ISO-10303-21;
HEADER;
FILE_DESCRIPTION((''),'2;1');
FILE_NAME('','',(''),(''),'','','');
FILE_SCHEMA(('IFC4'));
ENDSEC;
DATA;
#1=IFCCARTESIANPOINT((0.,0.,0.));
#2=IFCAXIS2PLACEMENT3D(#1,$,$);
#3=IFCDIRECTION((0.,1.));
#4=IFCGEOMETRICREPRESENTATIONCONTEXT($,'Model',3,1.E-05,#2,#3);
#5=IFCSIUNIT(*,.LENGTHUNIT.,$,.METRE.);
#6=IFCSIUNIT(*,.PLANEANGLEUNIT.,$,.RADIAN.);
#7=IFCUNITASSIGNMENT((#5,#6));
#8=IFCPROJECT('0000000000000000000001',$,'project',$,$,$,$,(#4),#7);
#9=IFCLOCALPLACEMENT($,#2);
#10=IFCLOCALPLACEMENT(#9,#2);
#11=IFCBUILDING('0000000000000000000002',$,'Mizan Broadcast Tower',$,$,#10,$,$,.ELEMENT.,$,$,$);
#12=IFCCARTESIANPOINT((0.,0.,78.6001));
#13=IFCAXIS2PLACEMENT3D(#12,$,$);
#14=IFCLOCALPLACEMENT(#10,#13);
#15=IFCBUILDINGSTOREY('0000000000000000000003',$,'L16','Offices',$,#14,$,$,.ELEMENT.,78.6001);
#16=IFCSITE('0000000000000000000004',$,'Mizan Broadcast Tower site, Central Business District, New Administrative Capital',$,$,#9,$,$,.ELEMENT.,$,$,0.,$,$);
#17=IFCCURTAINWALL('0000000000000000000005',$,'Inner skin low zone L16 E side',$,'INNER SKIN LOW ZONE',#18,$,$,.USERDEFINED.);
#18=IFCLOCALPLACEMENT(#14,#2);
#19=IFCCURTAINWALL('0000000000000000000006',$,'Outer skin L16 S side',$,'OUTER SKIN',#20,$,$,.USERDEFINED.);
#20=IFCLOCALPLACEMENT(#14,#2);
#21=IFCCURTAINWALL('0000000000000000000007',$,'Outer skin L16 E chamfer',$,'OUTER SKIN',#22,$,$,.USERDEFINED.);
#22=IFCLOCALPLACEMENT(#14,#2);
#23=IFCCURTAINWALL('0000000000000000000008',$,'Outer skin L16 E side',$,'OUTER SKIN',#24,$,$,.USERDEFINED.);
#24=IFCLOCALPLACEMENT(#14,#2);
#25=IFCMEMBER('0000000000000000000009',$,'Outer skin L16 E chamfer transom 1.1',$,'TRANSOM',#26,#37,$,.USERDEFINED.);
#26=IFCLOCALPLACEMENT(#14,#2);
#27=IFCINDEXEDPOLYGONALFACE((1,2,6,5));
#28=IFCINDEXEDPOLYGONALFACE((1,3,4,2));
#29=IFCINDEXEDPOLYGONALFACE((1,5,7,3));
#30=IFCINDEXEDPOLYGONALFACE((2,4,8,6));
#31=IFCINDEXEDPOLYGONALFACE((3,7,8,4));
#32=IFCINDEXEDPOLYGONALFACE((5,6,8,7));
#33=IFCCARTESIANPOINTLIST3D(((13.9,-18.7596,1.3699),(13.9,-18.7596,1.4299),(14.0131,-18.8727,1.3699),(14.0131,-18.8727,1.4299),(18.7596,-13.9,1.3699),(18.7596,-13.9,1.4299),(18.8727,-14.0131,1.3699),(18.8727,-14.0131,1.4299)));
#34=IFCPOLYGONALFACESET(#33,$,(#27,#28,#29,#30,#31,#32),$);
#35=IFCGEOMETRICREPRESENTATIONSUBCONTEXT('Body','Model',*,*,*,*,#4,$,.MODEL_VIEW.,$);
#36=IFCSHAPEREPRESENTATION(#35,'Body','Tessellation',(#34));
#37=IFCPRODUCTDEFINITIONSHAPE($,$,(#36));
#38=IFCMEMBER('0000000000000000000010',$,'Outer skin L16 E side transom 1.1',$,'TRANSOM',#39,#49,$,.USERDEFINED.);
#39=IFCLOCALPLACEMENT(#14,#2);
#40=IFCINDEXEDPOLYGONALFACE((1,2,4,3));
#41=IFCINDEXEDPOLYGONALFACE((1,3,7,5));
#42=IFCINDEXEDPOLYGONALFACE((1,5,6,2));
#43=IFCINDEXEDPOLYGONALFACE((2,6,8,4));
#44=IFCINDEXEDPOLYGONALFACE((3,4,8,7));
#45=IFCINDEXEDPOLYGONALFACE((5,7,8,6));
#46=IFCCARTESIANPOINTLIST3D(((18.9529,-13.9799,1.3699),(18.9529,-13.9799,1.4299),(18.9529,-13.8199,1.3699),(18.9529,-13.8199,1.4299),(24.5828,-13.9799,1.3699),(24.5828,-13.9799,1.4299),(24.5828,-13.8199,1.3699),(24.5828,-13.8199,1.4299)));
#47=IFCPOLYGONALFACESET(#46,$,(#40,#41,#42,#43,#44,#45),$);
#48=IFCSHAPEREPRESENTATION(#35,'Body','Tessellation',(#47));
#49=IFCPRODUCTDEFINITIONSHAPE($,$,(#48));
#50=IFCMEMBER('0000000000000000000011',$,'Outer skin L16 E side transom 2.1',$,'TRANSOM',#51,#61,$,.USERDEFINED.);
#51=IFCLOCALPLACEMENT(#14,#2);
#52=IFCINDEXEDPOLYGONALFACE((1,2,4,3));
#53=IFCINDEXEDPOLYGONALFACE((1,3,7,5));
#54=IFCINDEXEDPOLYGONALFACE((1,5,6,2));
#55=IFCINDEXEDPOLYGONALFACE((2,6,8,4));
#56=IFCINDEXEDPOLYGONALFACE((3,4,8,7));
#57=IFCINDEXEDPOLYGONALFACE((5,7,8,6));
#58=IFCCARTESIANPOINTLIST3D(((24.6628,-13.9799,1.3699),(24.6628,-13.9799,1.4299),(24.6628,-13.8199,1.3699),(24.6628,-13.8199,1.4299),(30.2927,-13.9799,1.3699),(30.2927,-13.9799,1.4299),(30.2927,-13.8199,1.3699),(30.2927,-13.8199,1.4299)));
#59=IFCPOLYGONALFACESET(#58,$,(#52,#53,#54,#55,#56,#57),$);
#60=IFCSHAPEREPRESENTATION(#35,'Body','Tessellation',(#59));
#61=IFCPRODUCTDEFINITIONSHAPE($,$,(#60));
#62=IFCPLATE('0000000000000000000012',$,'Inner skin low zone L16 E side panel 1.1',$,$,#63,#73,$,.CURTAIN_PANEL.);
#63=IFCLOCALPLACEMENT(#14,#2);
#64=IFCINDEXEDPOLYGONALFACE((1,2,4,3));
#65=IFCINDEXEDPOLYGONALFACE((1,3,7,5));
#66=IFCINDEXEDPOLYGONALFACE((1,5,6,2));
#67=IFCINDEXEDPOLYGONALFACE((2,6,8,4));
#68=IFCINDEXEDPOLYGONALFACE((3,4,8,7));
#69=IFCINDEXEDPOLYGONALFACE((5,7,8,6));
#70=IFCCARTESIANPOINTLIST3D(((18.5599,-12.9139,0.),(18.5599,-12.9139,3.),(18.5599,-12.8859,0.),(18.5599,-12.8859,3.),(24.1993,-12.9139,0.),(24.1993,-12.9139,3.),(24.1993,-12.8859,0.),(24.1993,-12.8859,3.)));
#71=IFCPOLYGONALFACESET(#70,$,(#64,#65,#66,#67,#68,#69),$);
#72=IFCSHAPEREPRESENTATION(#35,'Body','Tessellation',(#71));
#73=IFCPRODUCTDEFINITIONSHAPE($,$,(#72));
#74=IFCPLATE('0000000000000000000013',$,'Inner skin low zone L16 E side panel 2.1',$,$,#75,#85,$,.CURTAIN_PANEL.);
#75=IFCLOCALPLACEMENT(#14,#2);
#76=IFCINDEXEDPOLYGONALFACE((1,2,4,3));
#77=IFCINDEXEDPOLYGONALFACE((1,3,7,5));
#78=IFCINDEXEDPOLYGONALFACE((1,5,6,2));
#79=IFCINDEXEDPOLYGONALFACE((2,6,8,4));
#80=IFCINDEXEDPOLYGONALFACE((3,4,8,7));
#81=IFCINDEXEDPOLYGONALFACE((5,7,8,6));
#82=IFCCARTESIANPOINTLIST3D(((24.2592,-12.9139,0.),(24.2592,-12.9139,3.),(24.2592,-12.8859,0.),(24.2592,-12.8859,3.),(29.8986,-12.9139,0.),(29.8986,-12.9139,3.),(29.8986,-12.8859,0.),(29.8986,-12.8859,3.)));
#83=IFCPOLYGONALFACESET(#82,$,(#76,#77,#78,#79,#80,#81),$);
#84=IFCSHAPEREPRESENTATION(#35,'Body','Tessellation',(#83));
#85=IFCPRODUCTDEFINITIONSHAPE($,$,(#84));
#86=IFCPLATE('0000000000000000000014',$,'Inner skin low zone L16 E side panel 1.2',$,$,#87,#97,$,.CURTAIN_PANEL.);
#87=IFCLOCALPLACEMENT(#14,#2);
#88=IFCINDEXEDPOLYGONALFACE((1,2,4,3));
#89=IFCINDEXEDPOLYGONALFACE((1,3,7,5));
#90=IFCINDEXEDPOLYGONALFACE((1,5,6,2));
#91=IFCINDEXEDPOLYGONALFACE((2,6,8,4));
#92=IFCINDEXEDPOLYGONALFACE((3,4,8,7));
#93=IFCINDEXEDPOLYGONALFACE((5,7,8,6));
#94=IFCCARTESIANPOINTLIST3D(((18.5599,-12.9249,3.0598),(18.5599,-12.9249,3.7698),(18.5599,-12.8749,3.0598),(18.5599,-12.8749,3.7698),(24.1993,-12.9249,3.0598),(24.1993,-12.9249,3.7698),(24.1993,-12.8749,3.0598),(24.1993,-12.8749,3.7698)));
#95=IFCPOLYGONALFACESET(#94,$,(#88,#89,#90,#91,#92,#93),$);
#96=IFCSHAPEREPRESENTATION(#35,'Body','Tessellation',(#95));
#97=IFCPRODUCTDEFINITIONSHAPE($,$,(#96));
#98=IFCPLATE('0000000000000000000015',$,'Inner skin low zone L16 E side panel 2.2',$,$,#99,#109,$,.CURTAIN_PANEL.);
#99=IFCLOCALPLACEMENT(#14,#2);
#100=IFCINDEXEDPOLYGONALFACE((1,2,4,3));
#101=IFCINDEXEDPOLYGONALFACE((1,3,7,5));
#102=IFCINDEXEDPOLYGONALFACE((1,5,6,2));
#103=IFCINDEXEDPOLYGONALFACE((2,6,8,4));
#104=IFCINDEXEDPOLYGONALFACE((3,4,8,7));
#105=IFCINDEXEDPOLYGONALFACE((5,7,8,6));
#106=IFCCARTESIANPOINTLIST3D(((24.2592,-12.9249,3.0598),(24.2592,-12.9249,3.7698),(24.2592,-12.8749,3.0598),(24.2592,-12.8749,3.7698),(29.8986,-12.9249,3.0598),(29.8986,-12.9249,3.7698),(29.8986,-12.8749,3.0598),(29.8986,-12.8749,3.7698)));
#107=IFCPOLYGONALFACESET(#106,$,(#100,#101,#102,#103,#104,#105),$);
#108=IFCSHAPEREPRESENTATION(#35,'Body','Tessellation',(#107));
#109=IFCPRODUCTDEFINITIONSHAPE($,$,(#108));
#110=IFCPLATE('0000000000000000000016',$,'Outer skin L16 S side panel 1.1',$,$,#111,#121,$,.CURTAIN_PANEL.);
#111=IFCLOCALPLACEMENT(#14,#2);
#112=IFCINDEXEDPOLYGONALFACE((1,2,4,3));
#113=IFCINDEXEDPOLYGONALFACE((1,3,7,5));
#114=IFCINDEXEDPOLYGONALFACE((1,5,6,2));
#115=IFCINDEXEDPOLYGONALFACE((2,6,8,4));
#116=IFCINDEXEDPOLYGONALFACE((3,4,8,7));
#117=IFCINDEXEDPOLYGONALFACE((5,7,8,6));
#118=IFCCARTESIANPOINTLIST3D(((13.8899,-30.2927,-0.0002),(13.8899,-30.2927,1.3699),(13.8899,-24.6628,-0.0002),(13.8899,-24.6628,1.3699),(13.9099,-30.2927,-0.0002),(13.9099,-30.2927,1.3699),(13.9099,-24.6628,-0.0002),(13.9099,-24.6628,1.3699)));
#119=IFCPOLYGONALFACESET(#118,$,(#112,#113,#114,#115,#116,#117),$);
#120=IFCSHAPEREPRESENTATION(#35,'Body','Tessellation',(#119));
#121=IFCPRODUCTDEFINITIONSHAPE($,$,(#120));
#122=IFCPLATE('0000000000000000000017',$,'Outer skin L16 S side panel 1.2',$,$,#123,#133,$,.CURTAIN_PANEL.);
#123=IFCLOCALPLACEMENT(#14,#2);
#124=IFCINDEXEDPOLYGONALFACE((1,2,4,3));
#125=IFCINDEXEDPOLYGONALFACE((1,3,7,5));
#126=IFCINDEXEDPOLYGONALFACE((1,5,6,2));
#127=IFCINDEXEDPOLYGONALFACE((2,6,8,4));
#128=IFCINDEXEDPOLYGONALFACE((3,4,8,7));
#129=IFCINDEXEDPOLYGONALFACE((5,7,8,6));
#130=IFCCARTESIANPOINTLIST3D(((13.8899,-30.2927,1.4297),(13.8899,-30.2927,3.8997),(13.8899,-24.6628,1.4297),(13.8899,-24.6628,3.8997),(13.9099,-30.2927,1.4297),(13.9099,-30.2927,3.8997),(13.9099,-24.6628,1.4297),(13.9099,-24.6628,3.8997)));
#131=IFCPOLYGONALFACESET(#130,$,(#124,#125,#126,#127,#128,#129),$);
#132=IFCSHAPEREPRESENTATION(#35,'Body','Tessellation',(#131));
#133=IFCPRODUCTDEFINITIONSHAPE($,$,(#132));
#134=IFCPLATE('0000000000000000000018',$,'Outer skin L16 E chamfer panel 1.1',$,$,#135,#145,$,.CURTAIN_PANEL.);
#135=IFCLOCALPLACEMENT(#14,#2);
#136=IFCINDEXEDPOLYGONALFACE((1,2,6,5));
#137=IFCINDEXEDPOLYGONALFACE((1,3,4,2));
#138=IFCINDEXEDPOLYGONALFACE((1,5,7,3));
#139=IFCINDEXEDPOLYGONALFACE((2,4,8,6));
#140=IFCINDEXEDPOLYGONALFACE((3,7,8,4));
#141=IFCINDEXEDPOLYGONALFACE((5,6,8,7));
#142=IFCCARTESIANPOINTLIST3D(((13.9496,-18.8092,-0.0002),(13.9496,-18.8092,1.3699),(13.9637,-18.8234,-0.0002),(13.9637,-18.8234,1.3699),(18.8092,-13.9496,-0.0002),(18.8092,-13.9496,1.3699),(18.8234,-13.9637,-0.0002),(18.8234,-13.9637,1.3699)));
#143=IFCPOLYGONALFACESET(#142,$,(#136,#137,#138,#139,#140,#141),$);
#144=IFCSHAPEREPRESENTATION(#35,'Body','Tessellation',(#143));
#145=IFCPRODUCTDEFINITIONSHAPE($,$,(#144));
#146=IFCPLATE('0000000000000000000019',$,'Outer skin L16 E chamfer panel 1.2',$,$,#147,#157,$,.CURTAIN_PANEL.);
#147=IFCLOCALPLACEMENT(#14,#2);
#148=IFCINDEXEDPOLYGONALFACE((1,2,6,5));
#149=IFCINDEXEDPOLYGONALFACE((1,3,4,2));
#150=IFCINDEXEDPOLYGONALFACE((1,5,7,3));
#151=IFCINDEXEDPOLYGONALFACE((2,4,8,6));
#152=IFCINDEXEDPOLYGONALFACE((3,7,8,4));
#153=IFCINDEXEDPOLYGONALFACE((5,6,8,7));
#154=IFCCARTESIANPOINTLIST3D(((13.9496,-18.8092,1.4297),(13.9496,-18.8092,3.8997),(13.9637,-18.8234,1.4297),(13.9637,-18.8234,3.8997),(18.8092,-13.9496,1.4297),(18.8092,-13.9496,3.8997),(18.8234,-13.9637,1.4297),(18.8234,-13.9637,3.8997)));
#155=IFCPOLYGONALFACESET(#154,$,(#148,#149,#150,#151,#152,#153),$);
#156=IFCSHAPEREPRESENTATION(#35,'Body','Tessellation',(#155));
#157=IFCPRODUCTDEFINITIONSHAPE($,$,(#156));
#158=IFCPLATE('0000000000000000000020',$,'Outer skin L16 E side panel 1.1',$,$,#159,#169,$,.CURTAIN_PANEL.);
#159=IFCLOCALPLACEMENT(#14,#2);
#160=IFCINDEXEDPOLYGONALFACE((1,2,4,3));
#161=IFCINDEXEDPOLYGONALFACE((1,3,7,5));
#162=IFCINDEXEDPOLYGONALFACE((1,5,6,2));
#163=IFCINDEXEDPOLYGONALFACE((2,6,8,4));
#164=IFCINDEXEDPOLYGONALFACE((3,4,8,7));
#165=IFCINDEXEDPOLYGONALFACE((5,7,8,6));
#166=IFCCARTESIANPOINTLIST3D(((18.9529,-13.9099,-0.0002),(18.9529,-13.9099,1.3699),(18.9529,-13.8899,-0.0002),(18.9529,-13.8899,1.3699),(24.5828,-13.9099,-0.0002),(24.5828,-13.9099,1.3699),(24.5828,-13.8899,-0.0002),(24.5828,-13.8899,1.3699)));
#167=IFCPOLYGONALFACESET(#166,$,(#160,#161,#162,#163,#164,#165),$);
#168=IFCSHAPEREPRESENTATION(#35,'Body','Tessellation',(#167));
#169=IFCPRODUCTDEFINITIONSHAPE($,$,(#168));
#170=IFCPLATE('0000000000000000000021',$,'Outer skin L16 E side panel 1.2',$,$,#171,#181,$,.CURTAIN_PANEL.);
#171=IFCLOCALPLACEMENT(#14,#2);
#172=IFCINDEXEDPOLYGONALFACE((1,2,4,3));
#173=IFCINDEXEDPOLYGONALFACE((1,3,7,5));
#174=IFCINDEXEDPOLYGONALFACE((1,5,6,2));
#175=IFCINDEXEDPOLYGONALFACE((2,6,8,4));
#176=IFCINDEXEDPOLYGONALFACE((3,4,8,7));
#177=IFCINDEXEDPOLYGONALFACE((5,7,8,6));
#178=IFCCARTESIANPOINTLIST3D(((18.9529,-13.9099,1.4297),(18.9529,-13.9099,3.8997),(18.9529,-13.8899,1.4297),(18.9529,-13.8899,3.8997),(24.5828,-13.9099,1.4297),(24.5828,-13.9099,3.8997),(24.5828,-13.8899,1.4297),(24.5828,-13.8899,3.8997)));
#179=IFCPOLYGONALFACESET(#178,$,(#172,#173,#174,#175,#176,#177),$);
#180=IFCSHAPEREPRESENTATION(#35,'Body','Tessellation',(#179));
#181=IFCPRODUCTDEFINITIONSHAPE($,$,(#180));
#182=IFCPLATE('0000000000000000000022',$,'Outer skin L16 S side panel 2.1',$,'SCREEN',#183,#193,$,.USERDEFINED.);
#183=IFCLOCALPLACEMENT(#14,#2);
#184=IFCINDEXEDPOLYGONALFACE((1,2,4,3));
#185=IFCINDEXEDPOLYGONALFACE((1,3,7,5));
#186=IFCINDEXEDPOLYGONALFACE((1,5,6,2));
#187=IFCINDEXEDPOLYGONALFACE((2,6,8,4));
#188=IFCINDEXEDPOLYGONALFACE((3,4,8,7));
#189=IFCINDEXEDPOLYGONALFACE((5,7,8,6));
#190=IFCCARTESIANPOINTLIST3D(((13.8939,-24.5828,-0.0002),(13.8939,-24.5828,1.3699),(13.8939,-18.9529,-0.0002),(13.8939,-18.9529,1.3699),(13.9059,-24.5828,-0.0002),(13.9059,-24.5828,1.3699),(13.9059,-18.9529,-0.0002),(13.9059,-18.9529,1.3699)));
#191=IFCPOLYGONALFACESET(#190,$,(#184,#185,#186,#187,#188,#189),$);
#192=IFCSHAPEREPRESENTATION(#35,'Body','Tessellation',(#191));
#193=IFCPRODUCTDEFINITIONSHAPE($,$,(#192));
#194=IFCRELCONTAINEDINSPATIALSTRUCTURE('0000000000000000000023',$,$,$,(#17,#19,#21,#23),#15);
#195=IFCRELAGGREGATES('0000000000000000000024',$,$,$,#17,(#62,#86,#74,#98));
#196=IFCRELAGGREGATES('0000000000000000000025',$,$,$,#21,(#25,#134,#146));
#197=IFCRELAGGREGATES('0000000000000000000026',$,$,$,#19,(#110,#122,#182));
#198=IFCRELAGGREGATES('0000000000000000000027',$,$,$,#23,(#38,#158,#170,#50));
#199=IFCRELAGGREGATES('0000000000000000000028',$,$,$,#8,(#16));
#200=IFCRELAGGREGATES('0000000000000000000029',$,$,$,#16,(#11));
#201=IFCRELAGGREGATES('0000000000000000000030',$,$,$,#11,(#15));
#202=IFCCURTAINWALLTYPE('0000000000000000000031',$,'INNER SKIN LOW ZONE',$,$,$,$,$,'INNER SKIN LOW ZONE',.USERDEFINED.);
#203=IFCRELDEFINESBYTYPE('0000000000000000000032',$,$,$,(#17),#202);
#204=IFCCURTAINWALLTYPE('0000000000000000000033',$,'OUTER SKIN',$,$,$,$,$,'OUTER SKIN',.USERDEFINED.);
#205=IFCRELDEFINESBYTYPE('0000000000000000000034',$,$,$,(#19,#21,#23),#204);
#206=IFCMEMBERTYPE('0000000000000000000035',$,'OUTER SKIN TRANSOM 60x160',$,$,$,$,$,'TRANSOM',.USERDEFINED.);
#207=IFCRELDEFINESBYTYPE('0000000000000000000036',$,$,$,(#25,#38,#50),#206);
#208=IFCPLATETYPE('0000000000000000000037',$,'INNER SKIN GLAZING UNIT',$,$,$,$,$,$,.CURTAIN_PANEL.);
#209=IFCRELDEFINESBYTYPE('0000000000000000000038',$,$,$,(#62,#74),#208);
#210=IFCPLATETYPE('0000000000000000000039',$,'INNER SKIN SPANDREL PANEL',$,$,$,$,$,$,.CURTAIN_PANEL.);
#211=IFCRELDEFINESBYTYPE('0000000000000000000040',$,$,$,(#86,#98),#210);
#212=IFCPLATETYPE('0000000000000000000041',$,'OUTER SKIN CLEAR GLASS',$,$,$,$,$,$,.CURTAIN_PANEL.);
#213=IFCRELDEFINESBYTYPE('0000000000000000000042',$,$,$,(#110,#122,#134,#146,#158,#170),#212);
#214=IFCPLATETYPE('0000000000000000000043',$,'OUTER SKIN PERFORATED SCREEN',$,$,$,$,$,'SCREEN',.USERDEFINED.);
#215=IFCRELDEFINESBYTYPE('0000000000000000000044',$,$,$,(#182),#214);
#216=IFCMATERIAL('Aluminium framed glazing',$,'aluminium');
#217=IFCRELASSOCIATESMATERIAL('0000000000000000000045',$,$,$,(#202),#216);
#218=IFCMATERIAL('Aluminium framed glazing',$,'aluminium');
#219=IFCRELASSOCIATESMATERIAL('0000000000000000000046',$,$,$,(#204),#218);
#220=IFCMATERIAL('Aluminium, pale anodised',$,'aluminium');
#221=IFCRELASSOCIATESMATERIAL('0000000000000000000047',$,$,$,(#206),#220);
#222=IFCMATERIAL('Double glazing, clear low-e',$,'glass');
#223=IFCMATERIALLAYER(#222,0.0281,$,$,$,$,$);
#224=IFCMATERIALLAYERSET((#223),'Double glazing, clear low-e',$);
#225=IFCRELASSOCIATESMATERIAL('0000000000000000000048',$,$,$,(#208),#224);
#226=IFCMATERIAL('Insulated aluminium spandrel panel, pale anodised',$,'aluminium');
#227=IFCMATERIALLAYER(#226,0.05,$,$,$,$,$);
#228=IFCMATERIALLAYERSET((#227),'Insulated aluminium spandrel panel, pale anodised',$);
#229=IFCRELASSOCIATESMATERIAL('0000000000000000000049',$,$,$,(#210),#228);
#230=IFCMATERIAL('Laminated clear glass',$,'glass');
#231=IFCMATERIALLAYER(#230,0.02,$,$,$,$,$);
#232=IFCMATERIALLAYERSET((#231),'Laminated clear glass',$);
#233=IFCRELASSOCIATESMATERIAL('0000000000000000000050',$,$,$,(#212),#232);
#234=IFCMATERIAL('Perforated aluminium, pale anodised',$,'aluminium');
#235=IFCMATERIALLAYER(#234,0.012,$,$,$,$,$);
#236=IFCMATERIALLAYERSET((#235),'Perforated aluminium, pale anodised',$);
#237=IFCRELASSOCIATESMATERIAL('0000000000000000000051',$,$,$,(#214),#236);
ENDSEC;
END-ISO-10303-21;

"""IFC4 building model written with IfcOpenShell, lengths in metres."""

from ifc_helpers import new_model, si_unit, direction, frame, origin, origin_2d, place, context, subcontext, project, spatial, rectangle, extrude, material, layer, layer_set, material_profile, profile_set, type_object, element, aggregate, save


model = new_model("IFC4")

# Units and contexts
model_context = context("Model", 3, precision=1e-05, world=origin(), true_north=direction((0.0, 1.0)))
body_context = subcontext(model_context, "Body", "Model", "MODEL_VIEW")
ifc_project = project(units=[si_unit("LENGTHUNIT", "METRE"), si_unit("PLANEANGLEUNIT", "RADIAN")], contexts=[model_context])

# Site, building, storey
site_placement = place(None, origin())
site = spatial("IfcSite", under=ifc_project, at=site_placement, Name="Mizan Broadcast Tower site, Central Business District, New Administrative Capital", CompositionType="ELEMENT", RefElevation=0.0)
building_placement = place(site_placement, origin())
building = spatial("IfcBuilding", under=site, at=building_placement, Name="Mizan Broadcast Tower", CompositionType="ELEMENT")
storey_placement = place(building_placement, frame((0.0, 0.0, 78.6001)))
storey = spatial("IfcBuildingStorey", under=building, at=storey_placement, Name="L16", Description="Offices", CompositionType="ELEMENT", Elevation=78.6001)

# Curtain wall
ifc_material_1 = material(Name="Aluminium framed glazing", Category="aluminium")
curtain_wall_type_1 = type_object("IfcCurtainWallType", Name="INNER SKIN LOW ZONE", ElementType="INNER SKIN LOW ZONE", PredefinedType="USERDEFINED", material=ifc_material_1)
curtain_wall_1_placement = place(storey_placement, origin())
curtain_wall_1 = element("IfcCurtainWall", 1, at=curtain_wall_1_placement, inside=storey, type_object=curtain_wall_type_1, Name="Inner skin low zone L16 E side", ObjectType="INNER SKIN LOW ZONE", PredefinedType="USERDEFINED")

# Shared definitions
ifc_material_2 = material(Name="Aluminium framed glazing", Category="aluminium")
curtain_wall_type_2 = type_object("IfcCurtainWallType", Name="OUTER SKIN", ElementType="OUTER SKIN", PredefinedType="USERDEFINED", material=ifc_material_2)

# Curtain wall
curtain_wall_2_placement = place(storey_placement, origin())
curtain_wall_2 = element("IfcCurtainWall", 2, at=curtain_wall_2_placement, inside=storey, type_object=curtain_wall_type_2, Name="Outer skin L16 S side", ObjectType="OUTER SKIN", PredefinedType="USERDEFINED")

# Curtain wall
curtain_wall_3_placement = place(storey_placement, origin())
curtain_wall_3 = element("IfcCurtainWall", 3, at=curtain_wall_3_placement, inside=storey, type_object=curtain_wall_type_2, Name="Outer skin L16 E chamfer", ObjectType="OUTER SKIN", PredefinedType="USERDEFINED")

# Curtain wall
curtain_wall_4_placement = place(storey_placement, origin())
curtain_wall_4 = element("IfcCurtainWall", 4, at=curtain_wall_4_placement, inside=storey, type_object=curtain_wall_type_2, Name="Outer skin L16 E side", ObjectType="OUTER SKIN", PredefinedType="USERDEFINED")

# Shared definitions
ifc_material_3 = material(Name="Aluminium, pale anodised", Category="aluminium")
ifc_material_profile_1 = material_profile(ifc_material_3, rectangle(XDim=0.1599, YDim=0.0601, at=origin_2d()), Name="TRANSOM 160x60")
ifc_profile_set_1 = profile_set([ifc_material_profile_1], Name="Aluminium, pale anodised")
member_type_1 = type_object("IfcMemberType", Name="OUTER SKIN TRANSOM 60x160", ElementType="TRANSOM", PredefinedType="USERDEFINED", material=ifc_profile_set_1)

# Members
member_1_placement = place(storey_placement, frame((13.9565, -18.8162, 1.3999), z_axis=(0.707107, 0.707107, 0.0), x_axis=(-0.707107, 0.707107, 0.0)))
member_1 = element("IfcMember", 5, at=member_1_placement, type_object=member_type_1, Name="Outer skin L16 E chamfer transom 1.1", ObjectType="TRANSOM", PredefinedType="USERDEFINED", context=body_context, shape_type="SweptSolid", body=[
    extrude(rectangle(XDim=0.1599, YDim=0.0601, at=origin_2d()), origin(), (0.0, 0.0, 1.0), 6.8726),
])
member_2_placement = place(storey_placement, frame((18.9529, -13.8999, 1.3999), z_axis=(1.0, 0.0, 0.0), x_axis=(0.0, 1.0, 0.0)))
member_2 = element("IfcMember", 6, at=member_2_placement, type_object=member_type_1, Name="Outer skin L16 E side transom 1.1", ObjectType="TRANSOM", PredefinedType="USERDEFINED", context=body_context, shape_type="SweptSolid", body=[
    extrude(rectangle(XDim=0.1599, YDim=0.0601, at=origin_2d()), origin(), (0.0, 0.0, 1.0), 5.6299),
])
member_3_placement = place(storey_placement, frame((24.6628, -13.8999, 1.3999), z_axis=(1.0, 0.0, 0.0), x_axis=(0.0, 1.0, 0.0)))
member_3 = element("IfcMember", 7, at=member_3_placement, type_object=member_type_1, Name="Outer skin L16 E side transom 2.1", ObjectType="TRANSOM", PredefinedType="USERDEFINED", context=body_context, shape_type="SweptSolid", body=[
    extrude(rectangle(XDim=0.1599, YDim=0.0601, at=origin_2d()), origin(), (0.0, 0.0, 1.0), 5.6299),
])

# Plates
ifc_material_4 = material(Name="Double glazing, clear low-e", Category="glass")
ifc_layer_1 = layer(ifc_material_4, 0.0281)
ifc_layer_set_1 = layer_set([ifc_layer_1], Name="Double glazing, clear low-e")
plate_type_1 = type_object("IfcPlateType", Name="INNER SKIN GLAZING UNIT", PredefinedType="CURTAIN_PANEL", material=ifc_layer_set_1)
plate_1_placement = place(storey_placement, frame((21.3796, -12.8999, 0.0), z_axis=(0.0, 0.0, 1.0), x_axis=(1.0, 0.0, 0.0)))
plate_1 = element("IfcPlate", 8, at=plate_1_placement, type_object=plate_type_1, Name="Inner skin low zone L16 E side panel 1.1", PredefinedType="CURTAIN_PANEL", context=body_context, shape_type="SweptSolid", body=[
    extrude(rectangle(XDim=5.6394, YDim=0.0281, at=origin_2d()), origin(), (0.0, 0.0, 1.0), 3.0),
])
plate_2_placement = place(storey_placement, frame((27.0789, -12.8999, 0.0), z_axis=(0.0, 0.0, 1.0), x_axis=(1.0, 0.0, 0.0)))
plate_2 = element("IfcPlate", 9, at=plate_2_placement, type_object=plate_type_1, Name="Inner skin low zone L16 E side panel 2.1", PredefinedType="CURTAIN_PANEL", context=body_context, shape_type="SweptSolid", body=[
    extrude(rectangle(XDim=5.6394, YDim=0.0281, at=origin_2d()), origin(), (0.0, 0.0, 1.0), 3.0),
])
ifc_material_5 = material(Name="Insulated aluminium spandrel panel, pale anodised", Category="aluminium")
ifc_layer_2 = layer(ifc_material_5, 0.05)
ifc_layer_set_2 = layer_set([ifc_layer_2], Name="Insulated aluminium spandrel panel, pale anodised")
plate_type_2 = type_object("IfcPlateType", Name="INNER SKIN SPANDREL PANEL", PredefinedType="CURTAIN_PANEL", material=ifc_layer_set_2)
plate_3_placement = place(storey_placement, frame((21.3796, -12.8999, 3.0598), z_axis=(0.0, 0.0, 1.0), x_axis=(1.0, 0.0, 0.0)))
plate_3 = element("IfcPlate", 10, at=plate_3_placement, type_object=plate_type_2, Name="Inner skin low zone L16 E side panel 1.2", PredefinedType="CURTAIN_PANEL", context=body_context, shape_type="SweptSolid", body=[
    extrude(rectangle(XDim=5.6394, YDim=0.05, at=origin_2d()), origin(), (0.0, 0.0, 1.0), 0.71),
])
plate_4_placement = place(storey_placement, frame((27.0789, -12.8999, 3.0598), z_axis=(0.0, 0.0, 1.0), x_axis=(1.0, 0.0, 0.0)))
plate_4 = element("IfcPlate", 11, at=plate_4_placement, type_object=plate_type_2, Name="Inner skin low zone L16 E side panel 2.2", PredefinedType="CURTAIN_PANEL", context=body_context, shape_type="SweptSolid", body=[
    extrude(rectangle(XDim=5.6394, YDim=0.05, at=origin_2d()), origin(), (0.0, 0.0, 1.0), 0.71),
])
aggregate(curtain_wall_1, [plate_1, plate_3, plate_2, plate_4])
ifc_material_6 = material(Name="Laminated clear glass", Category="glass")
ifc_layer_3 = layer(ifc_material_6, 0.02)
ifc_layer_set_3 = layer_set([ifc_layer_3], Name="Laminated clear glass")
plate_type_3 = type_object("IfcPlateType", Name="OUTER SKIN CLEAR GLASS", PredefinedType="CURTAIN_PANEL", material=ifc_layer_set_3)
plate_5_placement = place(storey_placement, frame((13.8999, -27.4778, -0.0002), z_axis=(0.0, 0.0, 1.0), x_axis=(0.0, 1.0, 0.0)))
plate_5 = element("IfcPlate", 12, at=plate_5_placement, type_object=plate_type_3, Name="Outer skin L16 S side panel 1.1", PredefinedType="CURTAIN_PANEL", context=body_context, shape_type="SweptSolid", body=[
    extrude(rectangle(XDim=5.6299, YDim=0.02, at=origin_2d()), origin(), (0.0, 0.0, 1.0), 1.3701),
])
plate_6_placement = place(storey_placement, frame((13.8999, -27.4778, 1.4297), z_axis=(0.0, 0.0, 1.0), x_axis=(0.0, 1.0, 0.0)))
plate_6 = element("IfcPlate", 13, at=plate_6_placement, type_object=plate_type_3, Name="Outer skin L16 S side panel 1.2", PredefinedType="CURTAIN_PANEL", context=body_context, shape_type="SweptSolid", body=[
    extrude(rectangle(XDim=5.6299, YDim=0.02, at=origin_2d()), origin(), (0.0, 0.0, 1.0), 2.47),
])
plate_7_placement = place(storey_placement, frame((16.3865, -16.3865, -0.0002), z_axis=(0.0, 0.0, 1.0), x_axis=(0.707107, 0.707107, 0.0)))
plate_7 = element("IfcPlate", 14, at=plate_7_placement, type_object=plate_type_3, Name="Outer skin L16 E chamfer panel 1.1", PredefinedType="CURTAIN_PANEL", context=body_context, shape_type="SweptSolid", body=[
    extrude(rectangle(XDim=6.8726, YDim=0.02, at=origin_2d()), origin(), (0.0, 0.0, 1.0), 1.3701),
])
plate_8_placement = place(storey_placement, frame((16.3865, -16.3865, 1.4297), z_axis=(0.0, 0.0, 1.0), x_axis=(0.707107, 0.707107, 0.0)))
plate_8 = element("IfcPlate", 15, at=plate_8_placement, type_object=plate_type_3, Name="Outer skin L16 E chamfer panel 1.2", PredefinedType="CURTAIN_PANEL", context=body_context, shape_type="SweptSolid", body=[
    extrude(rectangle(XDim=6.8726, YDim=0.02, at=origin_2d()), origin(), (0.0, 0.0, 1.0), 2.47),
])
aggregate(curtain_wall_3, [member_1, plate_7, plate_8])
plate_9_placement = place(storey_placement, frame((21.7678, -13.8999, -0.0002), z_axis=(0.0, 0.0, 1.0), x_axis=(1.0, 0.0, 0.0)))
plate_9 = element("IfcPlate", 16, at=plate_9_placement, type_object=plate_type_3, Name="Outer skin L16 E side panel 1.1", PredefinedType="CURTAIN_PANEL", context=body_context, shape_type="SweptSolid", body=[
    extrude(rectangle(XDim=5.6299, YDim=0.02, at=origin_2d()), origin(), (0.0, 0.0, 1.0), 1.3701),
])
plate_10_placement = place(storey_placement, frame((21.7678, -13.8999, 1.4297), z_axis=(0.0, 0.0, 1.0), x_axis=(1.0, 0.0, 0.0)))
plate_10 = element("IfcPlate", 17, at=plate_10_placement, type_object=plate_type_3, Name="Outer skin L16 E side panel 1.2", PredefinedType="CURTAIN_PANEL", context=body_context, shape_type="SweptSolid", body=[
    extrude(rectangle(XDim=5.6299, YDim=0.02, at=origin_2d()), origin(), (0.0, 0.0, 1.0), 2.47),
])
ifc_material_7 = material(Name="Perforated aluminium, pale anodised", Category="aluminium")
ifc_layer_4 = layer(ifc_material_7, 0.012)
ifc_layer_set_4 = layer_set([ifc_layer_4], Name="Perforated aluminium, pale anodised")
plate_type_4 = type_object("IfcPlateType", Name="OUTER SKIN PERFORATED SCREEN", ElementType="SCREEN", PredefinedType="USERDEFINED", material=ifc_layer_set_4)
plate_11_placement = place(storey_placement, frame((13.8999, -21.7678, -0.0002), z_axis=(0.0, 0.0, 1.0), x_axis=(0.0, 1.0, 0.0)))
plate_11 = element("IfcPlate", 18, at=plate_11_placement, type_object=plate_type_4, Name="Outer skin L16 S side panel 2.1", ObjectType="SCREEN", PredefinedType="USERDEFINED", context=body_context, shape_type="SweptSolid", body=[
    extrude(rectangle(XDim=5.6299, YDim=0.012, at=origin_2d()), origin(), (0.0, 0.0, 1.0), 1.3701),
])
aggregate(curtain_wall_2, [plate_5, plate_6, plate_11])
aggregate(curtain_wall_4, [member_2, plate_9, plate_10, member_3])

save(model, "model.ifc")
